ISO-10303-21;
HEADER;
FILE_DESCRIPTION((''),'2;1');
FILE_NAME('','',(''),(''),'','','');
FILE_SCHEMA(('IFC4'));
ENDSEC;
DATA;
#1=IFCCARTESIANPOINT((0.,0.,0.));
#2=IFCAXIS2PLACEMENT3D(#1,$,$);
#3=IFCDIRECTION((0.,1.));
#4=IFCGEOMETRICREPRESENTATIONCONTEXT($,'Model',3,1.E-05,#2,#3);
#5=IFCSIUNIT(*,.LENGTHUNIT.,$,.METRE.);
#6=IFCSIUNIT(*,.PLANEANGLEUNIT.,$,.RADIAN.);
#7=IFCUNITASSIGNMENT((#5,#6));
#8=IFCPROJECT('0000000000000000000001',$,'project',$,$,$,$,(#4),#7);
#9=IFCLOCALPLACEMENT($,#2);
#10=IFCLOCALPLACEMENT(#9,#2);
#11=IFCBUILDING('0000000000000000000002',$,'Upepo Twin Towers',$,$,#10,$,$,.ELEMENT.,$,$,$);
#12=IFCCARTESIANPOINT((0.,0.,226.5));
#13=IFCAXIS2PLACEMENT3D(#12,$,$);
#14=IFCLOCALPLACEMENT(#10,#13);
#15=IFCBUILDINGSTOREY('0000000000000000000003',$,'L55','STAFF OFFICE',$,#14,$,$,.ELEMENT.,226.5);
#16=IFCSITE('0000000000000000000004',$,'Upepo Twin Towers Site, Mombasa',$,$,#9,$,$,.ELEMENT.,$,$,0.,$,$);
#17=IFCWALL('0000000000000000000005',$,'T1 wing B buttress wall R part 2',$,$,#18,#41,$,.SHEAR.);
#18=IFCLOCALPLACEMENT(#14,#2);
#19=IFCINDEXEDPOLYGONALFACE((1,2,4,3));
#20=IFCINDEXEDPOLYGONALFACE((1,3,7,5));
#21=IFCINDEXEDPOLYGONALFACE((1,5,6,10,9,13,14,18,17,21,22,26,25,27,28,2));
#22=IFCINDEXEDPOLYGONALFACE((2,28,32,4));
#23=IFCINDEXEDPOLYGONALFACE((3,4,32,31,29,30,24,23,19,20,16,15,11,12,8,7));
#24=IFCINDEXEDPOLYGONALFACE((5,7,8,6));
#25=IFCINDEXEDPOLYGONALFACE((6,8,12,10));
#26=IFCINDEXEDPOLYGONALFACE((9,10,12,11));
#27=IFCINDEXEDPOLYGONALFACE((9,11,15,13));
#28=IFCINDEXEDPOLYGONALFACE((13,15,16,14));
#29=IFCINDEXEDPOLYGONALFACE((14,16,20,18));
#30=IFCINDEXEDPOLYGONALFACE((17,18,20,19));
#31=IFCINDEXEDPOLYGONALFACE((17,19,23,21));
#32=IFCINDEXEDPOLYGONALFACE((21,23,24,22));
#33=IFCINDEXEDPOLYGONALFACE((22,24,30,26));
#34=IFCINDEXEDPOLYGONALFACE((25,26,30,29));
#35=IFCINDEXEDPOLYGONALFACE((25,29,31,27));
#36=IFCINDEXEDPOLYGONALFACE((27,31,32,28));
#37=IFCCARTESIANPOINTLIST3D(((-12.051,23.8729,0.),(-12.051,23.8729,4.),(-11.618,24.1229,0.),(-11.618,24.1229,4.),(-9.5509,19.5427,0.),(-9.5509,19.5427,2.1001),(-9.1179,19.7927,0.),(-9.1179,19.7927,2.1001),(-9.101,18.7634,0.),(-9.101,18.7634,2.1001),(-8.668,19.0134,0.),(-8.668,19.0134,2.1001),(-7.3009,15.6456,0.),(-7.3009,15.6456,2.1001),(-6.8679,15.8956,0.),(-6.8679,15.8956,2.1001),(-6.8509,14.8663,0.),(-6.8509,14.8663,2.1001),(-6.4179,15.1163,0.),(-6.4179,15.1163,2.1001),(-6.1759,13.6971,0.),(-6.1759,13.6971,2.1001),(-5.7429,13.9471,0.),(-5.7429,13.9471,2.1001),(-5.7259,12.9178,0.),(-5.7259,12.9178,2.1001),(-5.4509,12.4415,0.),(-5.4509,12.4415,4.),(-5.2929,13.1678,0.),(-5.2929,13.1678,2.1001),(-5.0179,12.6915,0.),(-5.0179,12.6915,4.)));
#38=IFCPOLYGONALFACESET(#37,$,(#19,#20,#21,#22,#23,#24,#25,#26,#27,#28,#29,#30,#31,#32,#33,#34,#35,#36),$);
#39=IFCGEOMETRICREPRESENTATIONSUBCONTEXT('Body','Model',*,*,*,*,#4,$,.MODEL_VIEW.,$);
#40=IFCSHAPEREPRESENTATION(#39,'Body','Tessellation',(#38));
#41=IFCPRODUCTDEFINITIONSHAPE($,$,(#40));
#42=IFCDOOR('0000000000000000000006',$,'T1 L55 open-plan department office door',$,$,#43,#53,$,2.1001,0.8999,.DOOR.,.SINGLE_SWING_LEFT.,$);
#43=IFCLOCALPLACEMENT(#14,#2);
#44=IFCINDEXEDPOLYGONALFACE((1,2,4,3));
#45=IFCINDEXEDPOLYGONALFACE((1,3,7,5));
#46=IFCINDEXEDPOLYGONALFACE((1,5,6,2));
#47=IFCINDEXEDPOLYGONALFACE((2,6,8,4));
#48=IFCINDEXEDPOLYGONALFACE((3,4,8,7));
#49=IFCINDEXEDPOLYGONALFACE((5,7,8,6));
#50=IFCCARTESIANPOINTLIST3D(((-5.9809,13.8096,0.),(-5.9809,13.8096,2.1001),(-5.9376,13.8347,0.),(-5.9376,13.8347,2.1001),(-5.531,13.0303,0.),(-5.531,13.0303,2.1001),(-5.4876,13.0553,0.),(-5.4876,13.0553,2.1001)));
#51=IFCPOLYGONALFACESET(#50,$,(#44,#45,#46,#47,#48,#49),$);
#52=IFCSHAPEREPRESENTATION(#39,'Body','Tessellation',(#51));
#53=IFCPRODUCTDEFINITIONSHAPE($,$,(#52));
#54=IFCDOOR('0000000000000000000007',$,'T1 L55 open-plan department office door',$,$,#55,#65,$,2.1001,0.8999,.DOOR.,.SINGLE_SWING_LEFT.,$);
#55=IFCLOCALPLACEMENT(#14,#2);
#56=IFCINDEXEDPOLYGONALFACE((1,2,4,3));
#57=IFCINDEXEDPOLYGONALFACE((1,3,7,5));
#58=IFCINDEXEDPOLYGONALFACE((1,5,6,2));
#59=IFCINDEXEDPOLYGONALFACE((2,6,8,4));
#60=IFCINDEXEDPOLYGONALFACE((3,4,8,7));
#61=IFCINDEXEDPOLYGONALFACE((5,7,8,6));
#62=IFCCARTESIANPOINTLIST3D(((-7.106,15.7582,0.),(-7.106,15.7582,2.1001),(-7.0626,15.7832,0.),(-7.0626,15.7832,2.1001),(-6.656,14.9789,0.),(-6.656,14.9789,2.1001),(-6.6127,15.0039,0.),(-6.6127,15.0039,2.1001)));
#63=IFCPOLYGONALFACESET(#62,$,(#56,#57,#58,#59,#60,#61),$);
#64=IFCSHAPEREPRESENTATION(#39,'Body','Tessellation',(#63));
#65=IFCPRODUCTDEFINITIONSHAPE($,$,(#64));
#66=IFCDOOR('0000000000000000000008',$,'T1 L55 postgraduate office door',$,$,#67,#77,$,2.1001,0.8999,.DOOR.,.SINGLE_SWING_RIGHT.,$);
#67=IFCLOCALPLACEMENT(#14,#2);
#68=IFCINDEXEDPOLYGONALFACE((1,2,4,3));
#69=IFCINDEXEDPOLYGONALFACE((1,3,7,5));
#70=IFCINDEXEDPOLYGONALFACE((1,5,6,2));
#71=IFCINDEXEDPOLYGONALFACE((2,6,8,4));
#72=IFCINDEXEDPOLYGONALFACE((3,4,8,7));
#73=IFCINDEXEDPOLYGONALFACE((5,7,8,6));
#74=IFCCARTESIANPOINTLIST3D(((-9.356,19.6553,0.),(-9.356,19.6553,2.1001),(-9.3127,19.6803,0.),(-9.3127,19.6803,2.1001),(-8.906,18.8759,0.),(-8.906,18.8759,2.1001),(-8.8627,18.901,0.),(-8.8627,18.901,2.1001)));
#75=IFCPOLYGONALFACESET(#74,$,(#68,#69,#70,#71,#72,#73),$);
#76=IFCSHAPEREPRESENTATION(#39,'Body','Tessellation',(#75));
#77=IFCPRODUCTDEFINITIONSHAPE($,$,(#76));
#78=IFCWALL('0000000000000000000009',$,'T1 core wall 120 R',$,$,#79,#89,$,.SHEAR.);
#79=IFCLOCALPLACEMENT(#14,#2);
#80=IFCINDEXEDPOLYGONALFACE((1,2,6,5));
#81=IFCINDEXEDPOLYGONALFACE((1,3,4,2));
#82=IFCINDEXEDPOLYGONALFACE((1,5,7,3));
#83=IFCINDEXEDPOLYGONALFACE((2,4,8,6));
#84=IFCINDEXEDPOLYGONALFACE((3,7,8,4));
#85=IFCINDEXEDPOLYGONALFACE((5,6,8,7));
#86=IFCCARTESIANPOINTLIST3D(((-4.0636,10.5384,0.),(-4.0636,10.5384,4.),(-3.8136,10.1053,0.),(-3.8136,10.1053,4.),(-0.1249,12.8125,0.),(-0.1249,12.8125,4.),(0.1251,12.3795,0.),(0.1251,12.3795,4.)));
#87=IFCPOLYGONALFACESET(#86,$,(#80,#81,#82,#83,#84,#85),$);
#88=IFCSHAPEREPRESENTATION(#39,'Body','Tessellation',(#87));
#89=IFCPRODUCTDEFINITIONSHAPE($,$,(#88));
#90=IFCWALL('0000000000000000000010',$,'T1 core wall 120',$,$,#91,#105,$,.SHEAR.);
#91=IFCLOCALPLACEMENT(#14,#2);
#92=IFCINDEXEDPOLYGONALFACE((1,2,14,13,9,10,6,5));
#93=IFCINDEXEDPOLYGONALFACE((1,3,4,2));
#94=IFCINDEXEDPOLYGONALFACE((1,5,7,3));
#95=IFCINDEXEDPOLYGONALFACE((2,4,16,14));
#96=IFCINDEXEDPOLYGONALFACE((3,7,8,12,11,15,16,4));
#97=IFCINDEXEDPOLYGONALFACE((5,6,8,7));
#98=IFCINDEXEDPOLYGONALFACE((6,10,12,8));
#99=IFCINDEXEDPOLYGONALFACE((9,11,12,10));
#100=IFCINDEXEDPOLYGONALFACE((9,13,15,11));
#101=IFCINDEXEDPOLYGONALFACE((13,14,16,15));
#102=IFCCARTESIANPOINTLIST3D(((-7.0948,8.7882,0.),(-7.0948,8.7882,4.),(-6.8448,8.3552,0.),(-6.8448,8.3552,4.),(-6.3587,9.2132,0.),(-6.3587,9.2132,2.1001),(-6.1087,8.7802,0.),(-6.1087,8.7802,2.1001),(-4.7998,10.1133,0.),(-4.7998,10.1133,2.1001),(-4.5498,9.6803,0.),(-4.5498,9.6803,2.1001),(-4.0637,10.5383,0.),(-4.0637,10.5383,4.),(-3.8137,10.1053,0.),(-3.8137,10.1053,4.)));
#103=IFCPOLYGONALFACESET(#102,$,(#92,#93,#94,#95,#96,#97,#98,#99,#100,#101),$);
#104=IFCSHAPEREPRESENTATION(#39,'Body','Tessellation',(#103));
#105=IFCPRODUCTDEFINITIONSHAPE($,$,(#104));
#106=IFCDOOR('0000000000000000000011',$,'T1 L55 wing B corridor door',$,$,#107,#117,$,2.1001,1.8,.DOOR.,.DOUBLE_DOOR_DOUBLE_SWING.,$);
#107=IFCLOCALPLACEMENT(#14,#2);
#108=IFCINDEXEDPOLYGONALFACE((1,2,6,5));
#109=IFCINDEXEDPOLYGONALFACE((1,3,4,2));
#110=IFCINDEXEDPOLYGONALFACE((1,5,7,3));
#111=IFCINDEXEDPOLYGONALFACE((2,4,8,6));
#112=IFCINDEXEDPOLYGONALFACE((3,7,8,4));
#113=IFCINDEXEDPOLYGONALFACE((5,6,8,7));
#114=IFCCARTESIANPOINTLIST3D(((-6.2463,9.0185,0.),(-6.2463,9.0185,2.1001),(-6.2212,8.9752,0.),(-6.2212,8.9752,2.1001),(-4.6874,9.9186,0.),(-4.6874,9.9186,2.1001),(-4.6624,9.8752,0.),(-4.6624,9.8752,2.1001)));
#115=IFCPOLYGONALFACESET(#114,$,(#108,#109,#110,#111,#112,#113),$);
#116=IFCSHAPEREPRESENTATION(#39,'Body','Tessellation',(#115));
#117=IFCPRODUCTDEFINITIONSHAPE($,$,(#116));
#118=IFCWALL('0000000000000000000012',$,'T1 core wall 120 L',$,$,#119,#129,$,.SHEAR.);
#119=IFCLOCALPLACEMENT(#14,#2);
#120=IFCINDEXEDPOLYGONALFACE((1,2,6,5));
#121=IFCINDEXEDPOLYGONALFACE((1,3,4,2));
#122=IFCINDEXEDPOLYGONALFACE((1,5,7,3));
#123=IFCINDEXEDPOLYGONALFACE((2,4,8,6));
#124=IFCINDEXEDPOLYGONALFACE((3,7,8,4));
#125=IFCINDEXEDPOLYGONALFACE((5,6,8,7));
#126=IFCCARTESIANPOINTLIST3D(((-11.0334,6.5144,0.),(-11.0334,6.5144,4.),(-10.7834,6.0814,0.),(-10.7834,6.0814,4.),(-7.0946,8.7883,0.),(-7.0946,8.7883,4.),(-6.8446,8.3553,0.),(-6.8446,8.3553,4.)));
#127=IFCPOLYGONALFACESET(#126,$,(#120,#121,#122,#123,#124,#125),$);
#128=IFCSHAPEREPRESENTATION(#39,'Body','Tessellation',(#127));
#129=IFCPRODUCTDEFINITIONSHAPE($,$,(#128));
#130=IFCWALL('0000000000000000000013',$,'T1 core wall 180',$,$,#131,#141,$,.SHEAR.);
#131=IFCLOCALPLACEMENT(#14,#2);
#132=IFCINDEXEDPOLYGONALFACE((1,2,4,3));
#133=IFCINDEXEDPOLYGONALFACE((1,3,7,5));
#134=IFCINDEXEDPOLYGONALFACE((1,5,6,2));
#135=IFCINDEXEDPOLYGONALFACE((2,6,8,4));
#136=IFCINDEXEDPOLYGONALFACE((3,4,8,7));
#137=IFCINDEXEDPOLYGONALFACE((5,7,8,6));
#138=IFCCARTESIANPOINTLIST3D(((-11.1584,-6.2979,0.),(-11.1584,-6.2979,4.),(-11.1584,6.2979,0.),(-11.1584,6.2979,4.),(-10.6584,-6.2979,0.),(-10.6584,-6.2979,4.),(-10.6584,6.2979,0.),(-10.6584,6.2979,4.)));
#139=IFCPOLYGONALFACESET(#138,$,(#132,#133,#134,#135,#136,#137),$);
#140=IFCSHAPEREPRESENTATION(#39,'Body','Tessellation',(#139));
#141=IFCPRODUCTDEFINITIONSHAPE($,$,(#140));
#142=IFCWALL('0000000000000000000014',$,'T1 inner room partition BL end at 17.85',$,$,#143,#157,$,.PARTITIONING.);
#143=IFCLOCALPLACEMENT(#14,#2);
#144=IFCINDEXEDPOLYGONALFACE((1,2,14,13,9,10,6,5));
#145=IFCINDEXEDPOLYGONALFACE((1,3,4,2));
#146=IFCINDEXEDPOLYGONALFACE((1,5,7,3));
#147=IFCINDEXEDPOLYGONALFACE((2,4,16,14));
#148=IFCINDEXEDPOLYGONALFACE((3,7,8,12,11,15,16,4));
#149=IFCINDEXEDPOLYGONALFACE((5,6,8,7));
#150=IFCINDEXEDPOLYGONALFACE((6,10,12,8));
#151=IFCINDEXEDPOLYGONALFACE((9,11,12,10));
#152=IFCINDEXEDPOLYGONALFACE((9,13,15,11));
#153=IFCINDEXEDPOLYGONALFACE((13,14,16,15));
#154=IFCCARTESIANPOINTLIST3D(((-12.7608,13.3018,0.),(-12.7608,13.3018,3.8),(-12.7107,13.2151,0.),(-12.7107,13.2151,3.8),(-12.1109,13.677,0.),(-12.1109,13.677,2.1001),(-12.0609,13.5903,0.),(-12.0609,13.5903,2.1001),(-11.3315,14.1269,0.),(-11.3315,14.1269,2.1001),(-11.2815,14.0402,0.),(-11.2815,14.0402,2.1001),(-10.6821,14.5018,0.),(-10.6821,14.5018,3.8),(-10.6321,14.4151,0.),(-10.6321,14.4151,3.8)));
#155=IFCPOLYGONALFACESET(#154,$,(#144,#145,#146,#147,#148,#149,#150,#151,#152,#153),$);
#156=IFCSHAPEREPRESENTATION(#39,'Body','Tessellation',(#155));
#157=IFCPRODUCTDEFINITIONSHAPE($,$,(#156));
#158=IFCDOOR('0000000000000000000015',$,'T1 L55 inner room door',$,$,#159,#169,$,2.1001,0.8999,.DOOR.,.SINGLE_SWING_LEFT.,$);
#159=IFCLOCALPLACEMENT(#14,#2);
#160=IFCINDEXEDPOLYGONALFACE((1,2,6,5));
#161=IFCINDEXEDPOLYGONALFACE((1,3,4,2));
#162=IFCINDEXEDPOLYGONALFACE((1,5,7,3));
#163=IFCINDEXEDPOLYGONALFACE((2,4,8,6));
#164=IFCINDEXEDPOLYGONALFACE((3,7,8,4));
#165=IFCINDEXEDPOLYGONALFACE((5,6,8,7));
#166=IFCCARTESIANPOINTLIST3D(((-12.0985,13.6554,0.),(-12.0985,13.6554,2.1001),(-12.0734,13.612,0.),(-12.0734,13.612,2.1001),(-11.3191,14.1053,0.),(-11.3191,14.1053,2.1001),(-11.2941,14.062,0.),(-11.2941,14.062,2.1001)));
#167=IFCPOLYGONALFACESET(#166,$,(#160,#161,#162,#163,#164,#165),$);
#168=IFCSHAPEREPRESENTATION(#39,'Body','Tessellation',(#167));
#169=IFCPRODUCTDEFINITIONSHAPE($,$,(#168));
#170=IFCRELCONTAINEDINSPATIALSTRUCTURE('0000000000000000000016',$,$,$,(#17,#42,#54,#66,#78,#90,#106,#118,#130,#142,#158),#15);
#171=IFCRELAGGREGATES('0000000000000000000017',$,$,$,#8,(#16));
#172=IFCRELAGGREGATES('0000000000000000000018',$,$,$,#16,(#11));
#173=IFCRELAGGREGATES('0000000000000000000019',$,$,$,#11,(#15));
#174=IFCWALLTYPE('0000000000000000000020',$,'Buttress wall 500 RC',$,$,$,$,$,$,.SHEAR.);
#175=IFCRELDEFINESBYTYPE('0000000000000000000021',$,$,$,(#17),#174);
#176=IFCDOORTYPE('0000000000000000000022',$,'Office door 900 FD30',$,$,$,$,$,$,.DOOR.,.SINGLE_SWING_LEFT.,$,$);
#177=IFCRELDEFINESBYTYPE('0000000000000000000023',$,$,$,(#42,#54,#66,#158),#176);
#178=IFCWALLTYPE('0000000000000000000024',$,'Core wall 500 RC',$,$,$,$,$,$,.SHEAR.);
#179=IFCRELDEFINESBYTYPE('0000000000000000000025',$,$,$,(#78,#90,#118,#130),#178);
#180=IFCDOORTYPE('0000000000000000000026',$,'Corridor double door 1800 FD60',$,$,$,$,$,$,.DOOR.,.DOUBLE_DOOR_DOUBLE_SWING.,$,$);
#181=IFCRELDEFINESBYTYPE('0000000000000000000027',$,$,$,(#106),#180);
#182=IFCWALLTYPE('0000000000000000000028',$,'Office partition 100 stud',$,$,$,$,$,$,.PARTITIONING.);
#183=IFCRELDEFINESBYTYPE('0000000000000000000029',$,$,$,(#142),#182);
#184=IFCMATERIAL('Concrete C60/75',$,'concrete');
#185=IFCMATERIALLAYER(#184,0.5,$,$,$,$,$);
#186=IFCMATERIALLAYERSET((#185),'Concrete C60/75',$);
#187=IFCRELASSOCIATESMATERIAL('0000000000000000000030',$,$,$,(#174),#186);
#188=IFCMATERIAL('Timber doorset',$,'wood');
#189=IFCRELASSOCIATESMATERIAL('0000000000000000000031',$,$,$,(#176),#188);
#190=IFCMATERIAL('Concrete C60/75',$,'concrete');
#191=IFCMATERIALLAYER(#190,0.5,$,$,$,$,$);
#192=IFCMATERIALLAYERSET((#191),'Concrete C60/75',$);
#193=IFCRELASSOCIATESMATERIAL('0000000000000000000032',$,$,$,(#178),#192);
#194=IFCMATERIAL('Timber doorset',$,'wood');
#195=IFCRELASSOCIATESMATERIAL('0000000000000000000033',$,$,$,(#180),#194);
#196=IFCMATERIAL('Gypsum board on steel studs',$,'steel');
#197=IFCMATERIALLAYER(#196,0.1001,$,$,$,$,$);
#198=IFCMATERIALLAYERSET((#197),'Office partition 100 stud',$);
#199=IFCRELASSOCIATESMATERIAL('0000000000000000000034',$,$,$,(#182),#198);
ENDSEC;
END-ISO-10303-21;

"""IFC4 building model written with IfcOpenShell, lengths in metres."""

from ifc_helpers import new_model, si_unit, direction, frame, frame_2d, origin, place, context, subcontext, project, spatial, rectangle, extrude, material, layer, layer_set, type_object, element, fill, save


model = new_model("IFC4")

# Units and contexts
model_context = context("Model", 3, precision=1e-05, world=origin(), true_north=direction((0.0, 1.0)))
body_context = subcontext(model_context, "Body", "Model", "MODEL_VIEW")
ifc_project = project(units=[si_unit("LENGTHUNIT", "METRE"), si_unit("PLANEANGLEUNIT", "RADIAN")], contexts=[model_context])

# Site, building, storey
site_placement = place(None, origin())
site = spatial("IfcSite", under=ifc_project, at=site_placement, Name="Upepo Twin Towers Site, Mombasa", CompositionType="ELEMENT", RefElevation=0.0)
building_placement = place(site_placement, origin())
building = spatial("IfcBuilding", under=site, at=building_placement, Name="Upepo Twin Towers", CompositionType="ELEMENT")
storey_placement = place(building_placement, frame((0.0, 0.0, 226.5)))
storey = spatial("IfcBuildingStorey", under=building, at=storey_placement, Name="L55", Description="STAFF OFFICE", CompositionType="ELEMENT", Elevation=226.5)

# Wall, openings, doors
ifc_material_1 = material(Name="Concrete C60/75", Category="concrete")
ifc_layer_1 = layer(ifc_material_1, 0.5)
ifc_layer_set_1 = layer_set([ifc_layer_1], Name="Concrete C60/75")
wall_type_1 = type_object("IfcWallType", Name="Buttress wall 500 RC", PredefinedType="SHEAR", material=ifc_layer_set_1)
ifc_material_2 = material(Name="Timber doorset", Category="wood")
door_type_1 = type_object("IfcDoorType", Name="Office door 900 FD30", OperationType="SINGLE_SWING_LEFT", PredefinedType="DOOR", material=ifc_material_2)
wall_1_placement = place(storey_placement, frame((-5.2344, 12.5664, 0.0), z_axis=(0.0, 0.0, 1.0), x_axis=(-0.50001, 0.86602, 0.0)))
wall_1 = element("IfcWall", 1, at=wall_1_placement, inside=storey, type_object=wall_type_1, Name="T1 wing B buttress wall R part 2", PredefinedType="SHEAR", context=body_context, shape_type="SweptSolid", body=[
    extrude(rectangle(XDim=13.2, YDim=0.5, at=frame_2d((6.6001, 0.0))), origin(), (0.0, 0.0, 1.0), 4.0),
])
opening_1_placement = place(wall_1_placement, frame((0.55, 0.0, 0.0)))
opening_1 = element("IfcOpeningElement", 2, at=opening_1_placement, cuts=wall_1, PredefinedType="OPENING", context=body_context, shape_type="SweptSolid", body=[
    extrude(rectangle(XDim=0.8999, YDim=2.1001, at=frame_2d((0.45, 1.05))), frame((0.0, 0.26, 0.0), z_axis=(0.0, -1.0, 0.0), x_axis=(1.0, 0.0, 0.0)), (0.0, 0.0, 1.0), 0.52),
])
opening_2_placement = place(wall_1_placement, frame((2.8, 0.0, 0.0)))
opening_2 = element("IfcOpeningElement", 3, at=opening_2_placement, cuts=wall_1, PredefinedType="OPENING", context=body_context, shape_type="SweptSolid", body=[
    extrude(rectangle(XDim=0.8999, YDim=2.1001, at=frame_2d((0.45, 1.05))), frame((0.0, 0.26, 0.0), z_axis=(0.0, -1.0, 0.0), x_axis=(1.0, 0.0, 0.0)), (0.0, 0.0, 1.0), 0.52),
])
opening_3_placement = place(wall_1_placement, frame((7.3, 0.0, 0.0)))
opening_3 = element("IfcOpeningElement", 4, at=opening_3_placement, cuts=wall_1, PredefinedType="OPENING", context=body_context, shape_type="SweptSolid", body=[
    extrude(rectangle(XDim=0.8999, YDim=2.1001, at=frame_2d((0.45, 1.05))), frame((0.0, 0.26, 0.0), z_axis=(0.0, -1.0, 0.0), x_axis=(1.0, 0.0, 0.0)), (0.0, 0.0, 1.0), 0.52),
])
door_1_placement = place(opening_1_placement, origin())
door_1 = element("IfcDoor", 5, at=door_1_placement, inside=storey, type_object=door_type_1, Name="T1 L55 open-plan department office door", OperationType="SINGLE_SWING_LEFT", OverallHeight=2.1001, OverallWidth=0.8999, PredefinedType="DOOR", context=body_context, shape_type="SweptSolid", body=[
    extrude(rectangle(XDim=0.8999, YDim=2.1001, at=frame_2d((0.45, 1.05))), frame((0.0, 0.0249, 0.0), z_axis=(0.0, -1.0, 0.0), x_axis=(1.0, 0.0, 0.0)), (0.0, 0.0, 1.0), 0.05),
])
fill(opening_1, door_1)
door_2_placement = place(opening_2_placement, origin())
door_2 = element("IfcDoor", 6, at=door_2_placement, inside=storey, type_object=door_type_1, Name="T1 L55 open-plan department office door", OperationType="SINGLE_SWING_LEFT", OverallHeight=2.1001, OverallWidth=0.8999, PredefinedType="DOOR", context=body_context, shape_type="SweptSolid", body=[
    extrude(rectangle(XDim=0.8999, YDim=2.1001, at=frame_2d((0.45, 1.05))), frame((0.0, 0.0249, 0.0), z_axis=(0.0, -1.0, 0.0), x_axis=(1.0, 0.0, 0.0)), (0.0, 0.0, 1.0), 0.05),
])
fill(opening_2, door_2)
door_3_placement = place(opening_3_placement, origin())
door_3 = element("IfcDoor", 7, at=door_3_placement, inside=storey, type_object=door_type_1, Name="T1 L55 postgraduate office door", OperationType="SINGLE_SWING_RIGHT", OverallHeight=2.1001, OverallWidth=0.8999, PredefinedType="DOOR", context=body_context, shape_type="SweptSolid", body=[
    extrude(rectangle(XDim=0.8999, YDim=2.1001, at=frame_2d((0.45, 1.05))), frame((0.0, 0.0249, 0.0), z_axis=(0.0, -1.0, 0.0), x_axis=(1.0, 0.0, 0.0)), (0.0, 0.0, 1.0), 0.05),
])
fill(opening_3, door_3)

# Wall
ifc_material_3 = material(Name="Concrete C60/75", Category="concrete")
ifc_layer_2 = layer(ifc_material_3, 0.5)
ifc_layer_set_2 = layer_set([ifc_layer_2], Name="Concrete C60/75")
wall_type_2 = type_object("IfcWallType", Name="Core wall 500 RC", PredefinedType="SHEAR", material=ifc_layer_set_2)
wall_2_placement = place(storey_placement, frame((0.0, 12.5959, 0.0), z_axis=(0.0, 0.0, 1.0), x_axis=(-0.866011, -0.500024, 0.0)))
element("IfcWall", 8, at=wall_2_placement, inside=storey, type_object=wall_type_2, Name="T1 core wall 120 R", PredefinedType="SHEAR", context=body_context, shape_type="SweptSolid", body=[
    extrude(rectangle(XDim=4.5481, YDim=0.5, at=frame_2d((2.2739, 0.0))), origin(), (0.0, 0.0, 1.0), 4.0),
])

# Wall, opening, door
wall_3_placement = place(storey_placement, frame((-3.9387, 10.3218, 0.0), z_axis=(0.0, 0.0, 1.0), x_axis=(-0.866019, -0.50001, 0.0)))
wall_3 = element("IfcWall", 9, at=wall_3_placement, inside=storey, type_object=wall_type_2, Name="T1 core wall 120", PredefinedType="SHEAR", context=body_context, shape_type="SweptSolid", body=[
    extrude(rectangle(XDim=3.5, YDim=0.5, at=frame_2d((1.75, 0.0))), origin(), (0.0, 0.0, 1.0), 4.0),
])
opening_4_placement = place(wall_3_placement, frame((0.8501, 0.0, 0.0)))
opening_4 = element("IfcOpeningElement", 10, at=opening_4_placement, cuts=wall_3, PredefinedType="OPENING", context=body_context, shape_type="SweptSolid", body=[
    extrude(rectangle(XDim=1.8, YDim=2.1001, at=frame_2d((0.8999, 1.05))), frame((0.0, 0.26, 0.0), z_axis=(0.0, -1.0, 0.0), x_axis=(1.0, 0.0, 0.0)), (0.0, 0.0, 1.0), 0.52),
])
ifc_material_4 = material(Name="Timber doorset", Category="wood")
door_type_2 = type_object("IfcDoorType", Name="Corridor double door 1800 FD60", OperationType="DOUBLE_DOOR_DOUBLE_SWING", PredefinedType="DOOR", material=ifc_material_4)
door_4_placement = place(opening_4_placement, origin())
door_4 = element("IfcDoor", 11, at=door_4_placement, inside=storey, type_object=door_type_2, Name="T1 L55 wing B corridor door", OperationType="DOUBLE_DOOR_DOUBLE_SWING", OverallHeight=2.1001, OverallWidth=1.8, PredefinedType="DOOR", context=body_context, shape_type="SweptSolid", body=[
    extrude(rectangle(XDim=1.8, YDim=2.1001, at=frame_2d((0.8999, 1.05))), frame((0.0, 0.0249, 0.0), z_axis=(0.0, -1.0, 0.0), x_axis=(1.0, 0.0, 0.0)), (0.0, 0.0, 1.0), 0.05),
])
fill(opening_4, door_4)

# Walls
wall_4_placement = place(storey_placement, frame((-6.9697, 8.5718, 0.0), z_axis=(0.0, 0.0, 1.0), x_axis=(-0.866035, -0.499984, 0.0)))
element("IfcWall", 12, at=wall_4_placement, inside=storey, type_object=wall_type_2, Name="T1 core wall 120 L", PredefinedType="SHEAR", context=body_context, shape_type="SweptSolid", body=[
    extrude(rectangle(XDim=4.5481, YDim=0.5, at=frame_2d((2.2739, 0.0))), origin(), (0.0, 0.0, 1.0), 4.0),
])
wall_5_placement = place(storey_placement, frame((-10.9084, 6.2979, 0.0), z_axis=(0.0, 0.0, 1.0), x_axis=(0.0, -1.0, 0.0)))
element("IfcWall", 13, at=wall_5_placement, inside=storey, type_object=wall_type_2, Name="T1 core wall 180", PredefinedType="SHEAR", context=body_context, shape_type="SweptSolid", body=[
    extrude(rectangle(XDim=12.5957, YDim=0.5, at=frame_2d((6.2979, 0.0))), origin(), (0.0, 0.0, 1.0), 4.0),
])

# Wall, opening, door
ifc_material_5 = material(Name="Gypsum board on steel studs", Category="steel")
ifc_layer_3 = layer(ifc_material_5, 0.1001)
ifc_layer_set_3 = layer_set([ifc_layer_3], Name="Office partition 100 stud")
wall_type_3 = type_object("IfcWallType", Name="Office partition 100 stud", PredefinedType="PARTITIONING", material=ifc_layer_set_3)
wall_6_placement = place(storey_placement, frame((-10.657, 14.4585, 0.0), z_axis=(0.0, 0.0, 1.0), x_axis=(-0.86605, -0.499957, 0.0)))
wall_6 = element("IfcWall", 14, at=wall_6_placement, inside=storey, type_object=wall_type_3, Name="T1 inner room partition BL end at 17.85", PredefinedType="PARTITIONING", context=body_context, shape_type="SweptSolid", body=[
    extrude(rectangle(XDim=2.4001, YDim=0.1001, at=frame_2d((1.2002, 0.0))), origin(), (0.0, 0.0, 1.0), 3.8),
])
opening_5_placement = place(wall_6_placement, frame((0.75, 0.0, 0.0)))
opening_5 = element("IfcOpeningElement", 15, at=opening_5_placement, cuts=wall_6, PredefinedType="OPENING", context=body_context, shape_type="SweptSolid", body=[
    extrude(rectangle(XDim=0.8999, YDim=2.1001, at=frame_2d((0.45, 1.05))), frame((0.0, 0.0601, 0.0), z_axis=(0.0, -1.0, 0.0), x_axis=(1.0, 0.0, 0.0)), (0.0, 0.0, 1.0), 0.1201),
])
door_5_placement = place(opening_5_placement, origin())
door_5 = element("IfcDoor", 16, at=door_5_placement, inside=storey, type_object=door_type_1, Name="T1 L55 inner room door", OperationType="SINGLE_SWING_LEFT", OverallHeight=2.1001, OverallWidth=0.8999, PredefinedType="DOOR", context=body_context, shape_type="SweptSolid", body=[
    extrude(rectangle(XDim=0.8999, YDim=2.1001, at=frame_2d((0.45, 1.05))), frame((0.0, 0.0249, 0.0), z_axis=(0.0, -1.0, 0.0), x_axis=(1.0, 0.0, 0.0)), (0.0, 0.0, 1.0), 0.05),
])
fill(opening_5, door_5)

save(model, "model.ifc")
